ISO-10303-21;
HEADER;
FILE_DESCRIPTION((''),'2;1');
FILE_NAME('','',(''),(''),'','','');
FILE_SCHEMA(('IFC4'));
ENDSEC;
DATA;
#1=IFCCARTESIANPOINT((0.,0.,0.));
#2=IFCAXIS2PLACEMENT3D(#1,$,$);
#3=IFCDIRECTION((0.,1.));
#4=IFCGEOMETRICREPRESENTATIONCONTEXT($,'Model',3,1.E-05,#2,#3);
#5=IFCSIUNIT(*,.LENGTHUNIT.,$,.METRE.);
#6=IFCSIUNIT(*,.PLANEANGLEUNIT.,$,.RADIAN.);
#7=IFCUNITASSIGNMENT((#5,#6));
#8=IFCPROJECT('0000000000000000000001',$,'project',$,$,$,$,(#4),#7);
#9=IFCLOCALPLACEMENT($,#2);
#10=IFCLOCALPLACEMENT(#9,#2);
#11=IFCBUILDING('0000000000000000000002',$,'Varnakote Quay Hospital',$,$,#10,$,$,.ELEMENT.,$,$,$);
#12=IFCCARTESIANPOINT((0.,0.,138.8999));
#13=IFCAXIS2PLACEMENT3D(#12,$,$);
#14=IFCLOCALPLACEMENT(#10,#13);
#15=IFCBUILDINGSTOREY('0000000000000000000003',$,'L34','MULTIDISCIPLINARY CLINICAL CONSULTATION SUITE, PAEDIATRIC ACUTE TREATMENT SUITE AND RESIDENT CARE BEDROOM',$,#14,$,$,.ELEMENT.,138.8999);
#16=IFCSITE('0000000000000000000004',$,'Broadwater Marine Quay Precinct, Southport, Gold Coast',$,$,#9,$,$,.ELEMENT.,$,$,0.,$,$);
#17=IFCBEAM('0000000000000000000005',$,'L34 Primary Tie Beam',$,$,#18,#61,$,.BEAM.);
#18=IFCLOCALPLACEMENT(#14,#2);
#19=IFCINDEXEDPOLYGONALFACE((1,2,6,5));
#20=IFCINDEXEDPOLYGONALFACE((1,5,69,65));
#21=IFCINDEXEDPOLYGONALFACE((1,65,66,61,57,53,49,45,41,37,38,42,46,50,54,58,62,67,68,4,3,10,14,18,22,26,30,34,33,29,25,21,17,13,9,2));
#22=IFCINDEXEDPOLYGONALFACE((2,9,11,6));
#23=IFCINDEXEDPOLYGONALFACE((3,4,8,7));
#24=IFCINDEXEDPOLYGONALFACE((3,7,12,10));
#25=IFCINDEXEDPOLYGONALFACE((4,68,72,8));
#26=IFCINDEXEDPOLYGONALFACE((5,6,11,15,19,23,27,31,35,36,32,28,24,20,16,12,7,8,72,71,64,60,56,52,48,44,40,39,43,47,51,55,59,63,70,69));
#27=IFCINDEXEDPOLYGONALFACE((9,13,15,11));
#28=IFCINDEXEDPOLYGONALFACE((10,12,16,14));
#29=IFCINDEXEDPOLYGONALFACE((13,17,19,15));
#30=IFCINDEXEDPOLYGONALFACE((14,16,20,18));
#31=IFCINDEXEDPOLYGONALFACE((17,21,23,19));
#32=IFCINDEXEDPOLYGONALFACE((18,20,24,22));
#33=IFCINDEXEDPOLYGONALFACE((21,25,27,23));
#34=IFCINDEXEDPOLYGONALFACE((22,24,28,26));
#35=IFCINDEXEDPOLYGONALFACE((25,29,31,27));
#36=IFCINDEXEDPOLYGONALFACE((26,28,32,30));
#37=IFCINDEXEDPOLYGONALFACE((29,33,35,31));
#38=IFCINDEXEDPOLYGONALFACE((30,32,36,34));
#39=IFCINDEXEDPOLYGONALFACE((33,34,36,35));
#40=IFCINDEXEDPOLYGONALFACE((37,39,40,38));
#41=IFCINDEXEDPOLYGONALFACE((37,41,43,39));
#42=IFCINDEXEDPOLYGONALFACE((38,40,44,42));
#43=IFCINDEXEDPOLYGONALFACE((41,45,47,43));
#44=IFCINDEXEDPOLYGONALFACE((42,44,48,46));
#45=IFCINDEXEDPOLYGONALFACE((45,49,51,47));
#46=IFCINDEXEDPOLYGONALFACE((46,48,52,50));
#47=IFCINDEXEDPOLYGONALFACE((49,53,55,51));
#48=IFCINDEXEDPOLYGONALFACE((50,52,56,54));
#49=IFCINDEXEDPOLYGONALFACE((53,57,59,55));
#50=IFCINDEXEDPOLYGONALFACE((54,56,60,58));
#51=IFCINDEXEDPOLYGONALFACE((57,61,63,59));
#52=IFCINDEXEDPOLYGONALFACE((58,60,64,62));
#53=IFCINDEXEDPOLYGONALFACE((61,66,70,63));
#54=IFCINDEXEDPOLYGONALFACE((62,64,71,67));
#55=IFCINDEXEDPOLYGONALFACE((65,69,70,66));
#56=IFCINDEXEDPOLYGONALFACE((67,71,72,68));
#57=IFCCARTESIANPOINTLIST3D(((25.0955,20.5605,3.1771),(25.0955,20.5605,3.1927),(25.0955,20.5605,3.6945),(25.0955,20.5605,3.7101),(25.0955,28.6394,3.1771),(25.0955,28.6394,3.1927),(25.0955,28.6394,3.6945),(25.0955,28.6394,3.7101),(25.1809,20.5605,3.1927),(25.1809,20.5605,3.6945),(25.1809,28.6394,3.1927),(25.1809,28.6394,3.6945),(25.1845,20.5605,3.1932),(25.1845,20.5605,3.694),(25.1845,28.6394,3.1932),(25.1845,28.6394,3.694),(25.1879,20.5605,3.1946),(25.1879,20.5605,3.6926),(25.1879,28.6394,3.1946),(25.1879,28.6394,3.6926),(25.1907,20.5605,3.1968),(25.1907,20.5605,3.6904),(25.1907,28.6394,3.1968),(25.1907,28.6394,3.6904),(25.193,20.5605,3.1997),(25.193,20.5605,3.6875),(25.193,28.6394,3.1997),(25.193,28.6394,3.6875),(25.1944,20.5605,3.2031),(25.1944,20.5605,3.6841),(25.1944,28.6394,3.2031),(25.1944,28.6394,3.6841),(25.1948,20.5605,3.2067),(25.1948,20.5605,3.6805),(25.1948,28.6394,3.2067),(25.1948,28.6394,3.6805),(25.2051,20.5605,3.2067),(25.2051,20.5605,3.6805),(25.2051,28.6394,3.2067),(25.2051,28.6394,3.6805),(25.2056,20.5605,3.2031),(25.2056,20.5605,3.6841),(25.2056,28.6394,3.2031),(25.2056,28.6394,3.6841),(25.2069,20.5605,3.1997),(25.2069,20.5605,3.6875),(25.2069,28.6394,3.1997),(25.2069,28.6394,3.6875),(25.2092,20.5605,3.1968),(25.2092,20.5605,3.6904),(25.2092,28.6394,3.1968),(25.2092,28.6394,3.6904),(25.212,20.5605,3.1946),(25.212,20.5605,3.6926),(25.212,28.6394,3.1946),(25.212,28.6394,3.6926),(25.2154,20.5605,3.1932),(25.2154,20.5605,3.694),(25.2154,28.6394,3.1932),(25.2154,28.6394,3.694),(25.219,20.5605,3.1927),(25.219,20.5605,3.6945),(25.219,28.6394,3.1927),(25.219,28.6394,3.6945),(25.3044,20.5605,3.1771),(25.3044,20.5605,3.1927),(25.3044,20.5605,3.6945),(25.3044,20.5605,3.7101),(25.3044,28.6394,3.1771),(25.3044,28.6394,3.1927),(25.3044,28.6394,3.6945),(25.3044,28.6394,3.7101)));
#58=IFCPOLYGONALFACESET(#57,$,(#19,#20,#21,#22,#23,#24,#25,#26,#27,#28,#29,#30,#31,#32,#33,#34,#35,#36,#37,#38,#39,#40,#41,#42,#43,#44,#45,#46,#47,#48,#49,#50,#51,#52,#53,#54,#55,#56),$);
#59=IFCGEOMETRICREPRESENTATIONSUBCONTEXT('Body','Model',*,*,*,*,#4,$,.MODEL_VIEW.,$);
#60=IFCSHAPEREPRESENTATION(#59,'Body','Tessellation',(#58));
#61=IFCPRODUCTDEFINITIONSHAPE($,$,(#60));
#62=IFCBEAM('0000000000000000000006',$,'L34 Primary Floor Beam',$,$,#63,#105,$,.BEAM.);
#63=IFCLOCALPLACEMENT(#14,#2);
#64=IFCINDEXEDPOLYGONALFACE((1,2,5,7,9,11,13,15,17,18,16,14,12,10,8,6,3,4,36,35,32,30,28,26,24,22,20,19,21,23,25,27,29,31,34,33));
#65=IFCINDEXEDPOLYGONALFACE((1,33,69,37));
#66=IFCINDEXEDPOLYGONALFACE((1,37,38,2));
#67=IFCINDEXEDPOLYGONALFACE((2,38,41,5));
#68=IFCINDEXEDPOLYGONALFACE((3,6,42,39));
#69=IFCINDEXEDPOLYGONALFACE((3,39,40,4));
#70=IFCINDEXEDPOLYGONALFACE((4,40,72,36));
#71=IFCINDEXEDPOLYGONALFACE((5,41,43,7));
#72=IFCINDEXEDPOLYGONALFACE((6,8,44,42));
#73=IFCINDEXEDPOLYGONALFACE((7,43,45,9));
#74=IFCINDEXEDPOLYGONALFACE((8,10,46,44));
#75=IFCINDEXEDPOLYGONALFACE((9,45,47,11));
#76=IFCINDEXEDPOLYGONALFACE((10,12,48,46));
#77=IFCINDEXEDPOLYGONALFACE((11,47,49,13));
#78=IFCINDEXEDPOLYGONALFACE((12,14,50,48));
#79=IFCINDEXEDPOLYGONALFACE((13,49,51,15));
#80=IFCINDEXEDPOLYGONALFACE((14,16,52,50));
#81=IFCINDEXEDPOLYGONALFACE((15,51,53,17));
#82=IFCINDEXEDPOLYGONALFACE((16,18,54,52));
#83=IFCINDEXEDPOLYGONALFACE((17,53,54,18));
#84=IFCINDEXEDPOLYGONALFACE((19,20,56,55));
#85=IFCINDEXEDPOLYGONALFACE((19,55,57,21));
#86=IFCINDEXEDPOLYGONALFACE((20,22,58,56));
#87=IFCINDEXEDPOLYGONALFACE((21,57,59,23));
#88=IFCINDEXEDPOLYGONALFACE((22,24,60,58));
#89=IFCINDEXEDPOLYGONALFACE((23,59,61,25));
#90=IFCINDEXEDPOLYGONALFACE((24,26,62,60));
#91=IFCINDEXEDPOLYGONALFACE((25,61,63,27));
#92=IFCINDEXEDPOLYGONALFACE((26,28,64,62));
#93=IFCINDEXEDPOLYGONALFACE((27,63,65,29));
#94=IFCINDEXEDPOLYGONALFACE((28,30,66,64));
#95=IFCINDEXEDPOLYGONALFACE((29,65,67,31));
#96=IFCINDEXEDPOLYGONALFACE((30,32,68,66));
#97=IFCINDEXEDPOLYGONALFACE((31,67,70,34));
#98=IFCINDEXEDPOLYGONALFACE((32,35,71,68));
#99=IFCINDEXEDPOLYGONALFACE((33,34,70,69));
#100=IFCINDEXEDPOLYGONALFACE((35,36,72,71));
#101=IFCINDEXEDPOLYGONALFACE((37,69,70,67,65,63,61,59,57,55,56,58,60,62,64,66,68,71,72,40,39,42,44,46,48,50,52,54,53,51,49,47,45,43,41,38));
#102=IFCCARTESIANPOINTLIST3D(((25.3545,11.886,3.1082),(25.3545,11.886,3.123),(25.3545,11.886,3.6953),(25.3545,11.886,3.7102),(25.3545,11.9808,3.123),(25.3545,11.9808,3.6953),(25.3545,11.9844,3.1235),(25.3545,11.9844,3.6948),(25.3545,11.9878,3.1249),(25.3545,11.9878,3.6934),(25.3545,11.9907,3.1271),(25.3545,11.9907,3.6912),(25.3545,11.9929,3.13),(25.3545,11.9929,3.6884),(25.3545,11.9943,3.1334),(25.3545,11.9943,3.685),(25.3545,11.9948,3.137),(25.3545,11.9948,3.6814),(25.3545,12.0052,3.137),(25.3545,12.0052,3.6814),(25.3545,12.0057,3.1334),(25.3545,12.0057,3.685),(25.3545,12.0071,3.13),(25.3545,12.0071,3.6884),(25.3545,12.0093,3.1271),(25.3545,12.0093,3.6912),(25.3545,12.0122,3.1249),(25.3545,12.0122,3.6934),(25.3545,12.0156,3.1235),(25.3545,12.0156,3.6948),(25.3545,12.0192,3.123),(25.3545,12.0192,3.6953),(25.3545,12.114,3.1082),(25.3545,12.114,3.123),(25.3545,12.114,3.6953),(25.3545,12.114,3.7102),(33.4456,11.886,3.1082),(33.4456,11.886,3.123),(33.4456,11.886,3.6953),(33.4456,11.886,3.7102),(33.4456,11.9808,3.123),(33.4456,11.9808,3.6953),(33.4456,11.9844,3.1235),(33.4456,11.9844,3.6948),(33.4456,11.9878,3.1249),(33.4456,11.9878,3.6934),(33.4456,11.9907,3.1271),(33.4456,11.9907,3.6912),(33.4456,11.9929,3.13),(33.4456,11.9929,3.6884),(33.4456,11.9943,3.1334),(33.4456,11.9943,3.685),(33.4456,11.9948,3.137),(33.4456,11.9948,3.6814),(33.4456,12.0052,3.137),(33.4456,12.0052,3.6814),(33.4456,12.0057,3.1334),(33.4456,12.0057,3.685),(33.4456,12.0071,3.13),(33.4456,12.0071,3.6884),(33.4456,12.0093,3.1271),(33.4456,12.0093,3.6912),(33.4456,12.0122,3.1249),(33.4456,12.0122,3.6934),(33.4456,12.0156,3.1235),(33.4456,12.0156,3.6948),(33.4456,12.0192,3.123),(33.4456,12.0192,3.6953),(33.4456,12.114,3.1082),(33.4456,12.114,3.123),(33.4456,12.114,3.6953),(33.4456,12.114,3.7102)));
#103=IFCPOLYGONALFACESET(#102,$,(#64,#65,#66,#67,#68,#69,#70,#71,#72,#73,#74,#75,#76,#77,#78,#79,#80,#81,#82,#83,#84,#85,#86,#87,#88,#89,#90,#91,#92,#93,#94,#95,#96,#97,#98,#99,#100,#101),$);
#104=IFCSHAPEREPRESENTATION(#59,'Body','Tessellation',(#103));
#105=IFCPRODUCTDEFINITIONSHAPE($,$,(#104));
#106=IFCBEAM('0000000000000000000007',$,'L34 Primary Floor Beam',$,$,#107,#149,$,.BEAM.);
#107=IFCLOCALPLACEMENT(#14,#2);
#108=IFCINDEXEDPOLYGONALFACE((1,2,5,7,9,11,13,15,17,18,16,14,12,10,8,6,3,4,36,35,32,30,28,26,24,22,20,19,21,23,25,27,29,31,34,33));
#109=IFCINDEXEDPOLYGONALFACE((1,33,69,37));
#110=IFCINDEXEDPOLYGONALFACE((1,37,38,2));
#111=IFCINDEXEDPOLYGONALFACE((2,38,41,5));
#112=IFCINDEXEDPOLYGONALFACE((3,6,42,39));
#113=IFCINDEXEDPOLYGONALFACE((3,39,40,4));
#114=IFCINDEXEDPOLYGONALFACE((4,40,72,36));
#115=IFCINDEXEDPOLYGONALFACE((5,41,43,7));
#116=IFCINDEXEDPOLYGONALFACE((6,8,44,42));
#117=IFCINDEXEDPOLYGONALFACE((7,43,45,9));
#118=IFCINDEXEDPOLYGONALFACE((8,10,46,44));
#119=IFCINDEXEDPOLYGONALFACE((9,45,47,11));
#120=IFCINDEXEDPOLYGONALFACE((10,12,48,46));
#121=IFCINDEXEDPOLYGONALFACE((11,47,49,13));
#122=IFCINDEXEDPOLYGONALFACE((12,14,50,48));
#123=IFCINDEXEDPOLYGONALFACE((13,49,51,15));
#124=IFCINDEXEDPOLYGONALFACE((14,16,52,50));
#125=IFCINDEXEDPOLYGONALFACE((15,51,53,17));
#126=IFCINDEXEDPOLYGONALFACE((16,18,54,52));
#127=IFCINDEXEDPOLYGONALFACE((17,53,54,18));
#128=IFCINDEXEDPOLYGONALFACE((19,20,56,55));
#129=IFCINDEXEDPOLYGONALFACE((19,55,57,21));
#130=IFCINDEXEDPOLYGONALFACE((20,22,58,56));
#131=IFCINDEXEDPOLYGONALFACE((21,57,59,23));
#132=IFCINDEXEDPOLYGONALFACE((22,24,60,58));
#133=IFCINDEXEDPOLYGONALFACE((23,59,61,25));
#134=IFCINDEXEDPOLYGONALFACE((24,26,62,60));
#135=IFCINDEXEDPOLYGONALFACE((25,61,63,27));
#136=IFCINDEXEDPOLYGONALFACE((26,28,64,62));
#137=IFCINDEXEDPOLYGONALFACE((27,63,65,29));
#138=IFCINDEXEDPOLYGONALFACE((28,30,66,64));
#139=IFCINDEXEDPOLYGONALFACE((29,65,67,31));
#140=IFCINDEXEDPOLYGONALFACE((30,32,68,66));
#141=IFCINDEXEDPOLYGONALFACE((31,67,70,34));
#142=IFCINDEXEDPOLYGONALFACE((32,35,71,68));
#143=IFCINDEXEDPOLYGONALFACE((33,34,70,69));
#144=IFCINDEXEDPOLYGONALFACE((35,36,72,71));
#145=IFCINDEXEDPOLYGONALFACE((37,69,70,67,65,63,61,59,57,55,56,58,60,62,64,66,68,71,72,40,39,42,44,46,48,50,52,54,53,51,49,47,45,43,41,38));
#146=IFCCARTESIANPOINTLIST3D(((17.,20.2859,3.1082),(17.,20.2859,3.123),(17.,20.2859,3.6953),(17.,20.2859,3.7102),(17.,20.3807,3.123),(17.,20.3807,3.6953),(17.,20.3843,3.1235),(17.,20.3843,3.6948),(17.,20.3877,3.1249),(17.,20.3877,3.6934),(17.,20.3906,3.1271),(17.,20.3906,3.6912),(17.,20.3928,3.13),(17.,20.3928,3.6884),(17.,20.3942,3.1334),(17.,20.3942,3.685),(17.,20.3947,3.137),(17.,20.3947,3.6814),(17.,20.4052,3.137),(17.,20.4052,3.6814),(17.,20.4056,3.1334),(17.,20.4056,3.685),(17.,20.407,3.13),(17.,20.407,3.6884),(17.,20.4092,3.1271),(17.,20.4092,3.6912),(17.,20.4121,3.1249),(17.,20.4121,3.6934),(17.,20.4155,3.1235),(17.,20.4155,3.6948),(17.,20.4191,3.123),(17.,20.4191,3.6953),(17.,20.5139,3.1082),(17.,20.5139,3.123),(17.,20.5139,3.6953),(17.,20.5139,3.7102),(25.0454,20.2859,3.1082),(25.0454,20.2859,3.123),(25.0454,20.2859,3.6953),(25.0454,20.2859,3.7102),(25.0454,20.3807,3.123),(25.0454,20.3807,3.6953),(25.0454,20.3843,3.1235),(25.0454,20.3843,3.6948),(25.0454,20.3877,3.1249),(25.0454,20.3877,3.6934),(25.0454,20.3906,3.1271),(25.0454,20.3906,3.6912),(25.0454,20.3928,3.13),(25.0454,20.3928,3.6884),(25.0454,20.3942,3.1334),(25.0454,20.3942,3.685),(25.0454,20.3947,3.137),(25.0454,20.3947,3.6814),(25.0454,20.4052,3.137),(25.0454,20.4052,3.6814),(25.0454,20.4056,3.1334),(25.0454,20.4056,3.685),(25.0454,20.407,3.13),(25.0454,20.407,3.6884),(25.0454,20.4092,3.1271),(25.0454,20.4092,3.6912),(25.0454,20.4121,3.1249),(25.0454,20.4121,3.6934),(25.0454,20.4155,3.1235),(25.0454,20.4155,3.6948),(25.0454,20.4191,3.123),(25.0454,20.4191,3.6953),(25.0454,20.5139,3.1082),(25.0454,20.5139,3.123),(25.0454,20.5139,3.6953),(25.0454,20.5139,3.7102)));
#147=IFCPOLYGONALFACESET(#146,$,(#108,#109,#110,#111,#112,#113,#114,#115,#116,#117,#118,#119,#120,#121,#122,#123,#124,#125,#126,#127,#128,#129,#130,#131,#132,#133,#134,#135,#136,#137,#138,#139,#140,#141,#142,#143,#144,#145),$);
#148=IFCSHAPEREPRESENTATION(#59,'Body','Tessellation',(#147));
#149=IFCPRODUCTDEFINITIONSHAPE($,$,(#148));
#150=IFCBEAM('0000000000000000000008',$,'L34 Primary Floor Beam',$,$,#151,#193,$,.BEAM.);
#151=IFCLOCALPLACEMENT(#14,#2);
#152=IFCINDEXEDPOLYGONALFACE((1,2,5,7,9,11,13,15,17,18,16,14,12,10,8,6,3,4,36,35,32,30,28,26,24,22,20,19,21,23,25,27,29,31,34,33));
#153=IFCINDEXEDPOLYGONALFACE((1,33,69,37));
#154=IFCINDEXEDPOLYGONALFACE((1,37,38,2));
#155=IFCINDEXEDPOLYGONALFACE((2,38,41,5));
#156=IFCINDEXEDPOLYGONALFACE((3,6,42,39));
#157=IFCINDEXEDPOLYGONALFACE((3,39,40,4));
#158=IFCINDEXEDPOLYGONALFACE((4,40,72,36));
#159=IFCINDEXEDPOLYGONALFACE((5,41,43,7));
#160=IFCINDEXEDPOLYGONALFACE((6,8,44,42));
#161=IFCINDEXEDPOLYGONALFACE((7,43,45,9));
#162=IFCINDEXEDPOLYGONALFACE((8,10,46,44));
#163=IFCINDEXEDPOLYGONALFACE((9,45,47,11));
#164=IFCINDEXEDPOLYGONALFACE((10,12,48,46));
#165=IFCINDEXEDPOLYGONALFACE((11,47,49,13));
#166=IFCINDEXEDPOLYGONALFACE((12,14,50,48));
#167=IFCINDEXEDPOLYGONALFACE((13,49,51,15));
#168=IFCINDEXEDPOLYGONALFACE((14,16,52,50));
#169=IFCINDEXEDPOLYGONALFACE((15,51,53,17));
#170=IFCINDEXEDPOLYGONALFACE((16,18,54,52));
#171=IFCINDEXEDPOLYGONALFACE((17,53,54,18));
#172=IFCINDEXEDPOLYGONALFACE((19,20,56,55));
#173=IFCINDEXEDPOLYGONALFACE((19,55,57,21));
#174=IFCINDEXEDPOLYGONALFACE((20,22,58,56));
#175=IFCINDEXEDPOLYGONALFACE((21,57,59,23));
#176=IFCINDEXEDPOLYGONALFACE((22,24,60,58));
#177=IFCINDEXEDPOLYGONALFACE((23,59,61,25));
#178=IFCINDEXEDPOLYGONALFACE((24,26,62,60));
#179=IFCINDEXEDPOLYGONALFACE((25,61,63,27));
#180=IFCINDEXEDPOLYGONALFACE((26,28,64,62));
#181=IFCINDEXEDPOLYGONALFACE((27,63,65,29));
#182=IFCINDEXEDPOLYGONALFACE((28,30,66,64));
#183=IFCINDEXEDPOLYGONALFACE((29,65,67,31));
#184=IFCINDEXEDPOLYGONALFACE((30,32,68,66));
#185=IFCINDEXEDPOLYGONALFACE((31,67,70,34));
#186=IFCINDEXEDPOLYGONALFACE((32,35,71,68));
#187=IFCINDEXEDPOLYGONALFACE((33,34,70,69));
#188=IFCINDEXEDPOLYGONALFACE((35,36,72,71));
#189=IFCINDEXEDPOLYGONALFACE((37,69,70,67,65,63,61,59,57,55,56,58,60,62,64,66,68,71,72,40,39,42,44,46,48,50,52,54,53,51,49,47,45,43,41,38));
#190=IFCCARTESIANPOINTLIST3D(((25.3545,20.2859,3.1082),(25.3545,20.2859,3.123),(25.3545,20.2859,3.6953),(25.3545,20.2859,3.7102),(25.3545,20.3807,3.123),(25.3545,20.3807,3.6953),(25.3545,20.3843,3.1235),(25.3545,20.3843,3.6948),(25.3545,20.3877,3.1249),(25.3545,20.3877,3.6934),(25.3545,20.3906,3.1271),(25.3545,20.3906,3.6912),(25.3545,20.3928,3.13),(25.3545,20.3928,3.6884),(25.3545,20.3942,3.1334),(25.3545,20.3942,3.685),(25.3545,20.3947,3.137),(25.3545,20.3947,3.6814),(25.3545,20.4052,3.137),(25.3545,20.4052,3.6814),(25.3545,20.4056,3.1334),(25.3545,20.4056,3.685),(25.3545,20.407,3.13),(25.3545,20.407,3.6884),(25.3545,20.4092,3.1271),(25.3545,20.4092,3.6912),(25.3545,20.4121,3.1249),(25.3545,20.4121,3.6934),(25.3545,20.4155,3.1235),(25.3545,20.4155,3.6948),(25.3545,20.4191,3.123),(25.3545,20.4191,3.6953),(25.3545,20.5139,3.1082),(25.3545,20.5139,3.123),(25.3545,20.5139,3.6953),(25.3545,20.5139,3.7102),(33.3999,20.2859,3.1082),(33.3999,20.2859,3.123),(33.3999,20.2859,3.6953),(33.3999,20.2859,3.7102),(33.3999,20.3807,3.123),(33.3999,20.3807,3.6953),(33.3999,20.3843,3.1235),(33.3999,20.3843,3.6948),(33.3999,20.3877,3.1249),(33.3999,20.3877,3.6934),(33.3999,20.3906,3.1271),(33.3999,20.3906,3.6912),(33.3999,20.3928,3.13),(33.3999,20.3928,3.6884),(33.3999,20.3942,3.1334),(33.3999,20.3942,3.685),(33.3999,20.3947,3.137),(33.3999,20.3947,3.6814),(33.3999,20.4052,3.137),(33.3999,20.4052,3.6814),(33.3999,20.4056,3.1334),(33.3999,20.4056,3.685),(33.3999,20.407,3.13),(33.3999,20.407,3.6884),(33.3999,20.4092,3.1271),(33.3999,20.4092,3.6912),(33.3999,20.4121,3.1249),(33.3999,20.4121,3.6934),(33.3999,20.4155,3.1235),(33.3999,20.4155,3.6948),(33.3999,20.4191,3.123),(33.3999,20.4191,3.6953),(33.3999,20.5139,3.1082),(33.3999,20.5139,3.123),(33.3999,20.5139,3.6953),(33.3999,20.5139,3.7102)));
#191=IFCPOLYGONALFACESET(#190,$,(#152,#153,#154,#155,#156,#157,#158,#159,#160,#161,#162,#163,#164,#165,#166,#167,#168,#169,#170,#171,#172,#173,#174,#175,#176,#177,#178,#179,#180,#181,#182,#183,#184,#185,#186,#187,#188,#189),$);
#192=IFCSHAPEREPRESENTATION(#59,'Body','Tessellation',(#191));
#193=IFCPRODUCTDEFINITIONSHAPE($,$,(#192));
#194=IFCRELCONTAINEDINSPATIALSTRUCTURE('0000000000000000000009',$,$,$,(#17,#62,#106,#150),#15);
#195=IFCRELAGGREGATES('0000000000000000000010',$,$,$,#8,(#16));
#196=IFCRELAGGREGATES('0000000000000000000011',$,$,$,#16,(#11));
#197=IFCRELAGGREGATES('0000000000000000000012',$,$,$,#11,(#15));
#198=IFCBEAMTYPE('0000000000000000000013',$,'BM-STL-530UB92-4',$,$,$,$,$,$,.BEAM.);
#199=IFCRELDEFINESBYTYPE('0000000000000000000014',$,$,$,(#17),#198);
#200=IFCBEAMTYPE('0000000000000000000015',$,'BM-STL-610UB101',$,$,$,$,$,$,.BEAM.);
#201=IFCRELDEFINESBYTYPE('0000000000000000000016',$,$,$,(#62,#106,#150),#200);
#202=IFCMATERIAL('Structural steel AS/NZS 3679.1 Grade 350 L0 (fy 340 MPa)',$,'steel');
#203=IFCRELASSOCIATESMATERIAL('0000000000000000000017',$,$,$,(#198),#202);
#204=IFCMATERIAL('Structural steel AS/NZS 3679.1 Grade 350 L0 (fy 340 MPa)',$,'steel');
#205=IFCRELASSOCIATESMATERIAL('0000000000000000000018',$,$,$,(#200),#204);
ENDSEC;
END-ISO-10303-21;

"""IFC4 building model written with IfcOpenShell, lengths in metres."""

from ifc_helpers import new_model, si_unit, direction, frame, origin, origin_2d, place, context, subcontext, project, spatial, i_section, extrude, material, material_profile, profile_set, type_object, element, save


model = new_model("IFC4")

# Units and contexts
model_context = context("Model", 3, precision=1e-05, world=origin(), true_north=direction((0.0, 1.0)))
body_context = subcontext(model_context, "Body", "Model", "MODEL_VIEW")
ifc_project = project(units=[si_unit("LENGTHUNIT", "METRE"), si_unit("PLANEANGLEUNIT", "RADIAN")], contexts=[model_context])

# Site, building, storey
site_placement = place(None, origin())
site = spatial("IfcSite", under=ifc_project, at=site_placement, Name="Broadwater Marine Quay Precinct, Southport, Gold Coast", CompositionType="ELEMENT", RefElevation=0.0)
building_placement = place(site_placement, origin())
building = spatial("IfcBuilding", under=site, at=building_placement, Name="Varnakote Quay Hospital", CompositionType="ELEMENT")
storey_placement = place(building_placement, frame((0.0, 0.0, 138.8999)))
storey = spatial("IfcBuildingStorey", under=building, at=storey_placement, Name="L34", Description="MULTIDISCIPLINARY CLINICAL CONSULTATION SUITE, PAEDIATRIC ACUTE TREATMENT SUITE AND RESIDENT CARE BEDROOM", CompositionType="ELEMENT", Elevation=138.8999)

# Beams
ifc_material_1 = material(Name="Structural steel AS/NZS 3679.1 Grade 350 L0 (fy 340 MPa)", Category="steel")
ifc_material_profile_1 = material_profile(ifc_material_1, i_section(OverallWidth=0.209, OverallDepth=0.533, WebThickness=0.0103, FlangeThickness=0.0156, FilletRadius=0.0139, at=origin_2d()), Name="530UB92.4")
ifc_profile_set_1 = profile_set([ifc_material_profile_1], Name="Structural steel AS/NZS 3679.1 Grade 350 L0 (fy 340 MPa)")
beam_type_1 = type_object("IfcBeamType", Name="BM-STL-530UB92-4", PredefinedType="BEAM", material=ifc_profile_set_1)
beam_1_placement = place(storey_placement, frame((25.2, 20.5605, 3.4436), z_axis=(0.0, 1.0, 0.0), x_axis=(-1.0, 0.0, 0.0)))
element("IfcBeam", 1, at=beam_1_placement, inside=storey, type_object=beam_type_1, Name="L34 Primary Tie Beam", PredefinedType="BEAM", context=body_context, shape_type="SweptSolid", body=[
    extrude(i_section(OverallWidth=0.209, OverallDepth=0.533, WebThickness=0.0103, FlangeThickness=0.0156, FilletRadius=0.0139, at=origin_2d()), origin(), (0.0, 0.0, 1.0), 8.0789),
])
ifc_material_2 = material(Name="Structural steel AS/NZS 3679.1 Grade 350 L0 (fy 340 MPa)", Category="steel")
ifc_material_profile_2 = material_profile(ifc_material_2, i_section(OverallWidth=0.228, OverallDepth=0.6021, WebThickness=0.0105, FlangeThickness=0.0149, FilletRadius=0.0139, at=origin_2d()), Name="610UB101")
ifc_profile_set_2 = profile_set([ifc_material_profile_2], Name="Structural steel AS/NZS 3679.1 Grade 350 L0 (fy 340 MPa)")
beam_type_2 = type_object("IfcBeamType", Name="BM-STL-610UB101", PredefinedType="BEAM", material=ifc_profile_set_2)
beam_2_placement = place(storey_placement, frame((25.3545, 12.0, 3.4092), z_axis=(1.0, 0.0, 0.0), x_axis=(0.0, 1.0, 0.0)))
element("IfcBeam", 2, at=beam_2_placement, inside=storey, type_object=beam_type_2, Name="L34 Primary Floor Beam", PredefinedType="BEAM", context=body_context, shape_type="SweptSolid", body=[
    extrude(i_section(OverallWidth=0.228, OverallDepth=0.6021, WebThickness=0.0105, FlangeThickness=0.0149, FilletRadius=0.0139, at=origin_2d()), origin(), (0.0, 0.0, 1.0), 8.0911),
])
for number, where, z_axis, x_axis, name in (
    (3, (17.0, 20.3999, 3.4092), (1.0, 0.0, 0.0), (0.0, 1.0, 0.0), "L34 Primary Floor Beam"),
    (4, (25.3545, 20.3999, 3.4092), (1.0, 0.0, 0.0), (0.0, 1.0, 0.0), "L34 Primary Floor Beam"),
):
    element("IfcBeam", number, at=place(storey_placement, frame(where, z_axis=z_axis, x_axis=x_axis)), inside=storey, type_object=beam_type_2, Name=name, PredefinedType="BEAM", context=body_context, shape_type="SweptSolid", body=[
        extrude(i_section(OverallWidth=0.228, OverallDepth=0.6021, WebThickness=0.0105, FlangeThickness=0.0149, FilletRadius=0.0139, at=origin_2d()), origin(), (0.0, 0.0, 1.0), 8.0454),
    ])

save(model, "model.ifc")
